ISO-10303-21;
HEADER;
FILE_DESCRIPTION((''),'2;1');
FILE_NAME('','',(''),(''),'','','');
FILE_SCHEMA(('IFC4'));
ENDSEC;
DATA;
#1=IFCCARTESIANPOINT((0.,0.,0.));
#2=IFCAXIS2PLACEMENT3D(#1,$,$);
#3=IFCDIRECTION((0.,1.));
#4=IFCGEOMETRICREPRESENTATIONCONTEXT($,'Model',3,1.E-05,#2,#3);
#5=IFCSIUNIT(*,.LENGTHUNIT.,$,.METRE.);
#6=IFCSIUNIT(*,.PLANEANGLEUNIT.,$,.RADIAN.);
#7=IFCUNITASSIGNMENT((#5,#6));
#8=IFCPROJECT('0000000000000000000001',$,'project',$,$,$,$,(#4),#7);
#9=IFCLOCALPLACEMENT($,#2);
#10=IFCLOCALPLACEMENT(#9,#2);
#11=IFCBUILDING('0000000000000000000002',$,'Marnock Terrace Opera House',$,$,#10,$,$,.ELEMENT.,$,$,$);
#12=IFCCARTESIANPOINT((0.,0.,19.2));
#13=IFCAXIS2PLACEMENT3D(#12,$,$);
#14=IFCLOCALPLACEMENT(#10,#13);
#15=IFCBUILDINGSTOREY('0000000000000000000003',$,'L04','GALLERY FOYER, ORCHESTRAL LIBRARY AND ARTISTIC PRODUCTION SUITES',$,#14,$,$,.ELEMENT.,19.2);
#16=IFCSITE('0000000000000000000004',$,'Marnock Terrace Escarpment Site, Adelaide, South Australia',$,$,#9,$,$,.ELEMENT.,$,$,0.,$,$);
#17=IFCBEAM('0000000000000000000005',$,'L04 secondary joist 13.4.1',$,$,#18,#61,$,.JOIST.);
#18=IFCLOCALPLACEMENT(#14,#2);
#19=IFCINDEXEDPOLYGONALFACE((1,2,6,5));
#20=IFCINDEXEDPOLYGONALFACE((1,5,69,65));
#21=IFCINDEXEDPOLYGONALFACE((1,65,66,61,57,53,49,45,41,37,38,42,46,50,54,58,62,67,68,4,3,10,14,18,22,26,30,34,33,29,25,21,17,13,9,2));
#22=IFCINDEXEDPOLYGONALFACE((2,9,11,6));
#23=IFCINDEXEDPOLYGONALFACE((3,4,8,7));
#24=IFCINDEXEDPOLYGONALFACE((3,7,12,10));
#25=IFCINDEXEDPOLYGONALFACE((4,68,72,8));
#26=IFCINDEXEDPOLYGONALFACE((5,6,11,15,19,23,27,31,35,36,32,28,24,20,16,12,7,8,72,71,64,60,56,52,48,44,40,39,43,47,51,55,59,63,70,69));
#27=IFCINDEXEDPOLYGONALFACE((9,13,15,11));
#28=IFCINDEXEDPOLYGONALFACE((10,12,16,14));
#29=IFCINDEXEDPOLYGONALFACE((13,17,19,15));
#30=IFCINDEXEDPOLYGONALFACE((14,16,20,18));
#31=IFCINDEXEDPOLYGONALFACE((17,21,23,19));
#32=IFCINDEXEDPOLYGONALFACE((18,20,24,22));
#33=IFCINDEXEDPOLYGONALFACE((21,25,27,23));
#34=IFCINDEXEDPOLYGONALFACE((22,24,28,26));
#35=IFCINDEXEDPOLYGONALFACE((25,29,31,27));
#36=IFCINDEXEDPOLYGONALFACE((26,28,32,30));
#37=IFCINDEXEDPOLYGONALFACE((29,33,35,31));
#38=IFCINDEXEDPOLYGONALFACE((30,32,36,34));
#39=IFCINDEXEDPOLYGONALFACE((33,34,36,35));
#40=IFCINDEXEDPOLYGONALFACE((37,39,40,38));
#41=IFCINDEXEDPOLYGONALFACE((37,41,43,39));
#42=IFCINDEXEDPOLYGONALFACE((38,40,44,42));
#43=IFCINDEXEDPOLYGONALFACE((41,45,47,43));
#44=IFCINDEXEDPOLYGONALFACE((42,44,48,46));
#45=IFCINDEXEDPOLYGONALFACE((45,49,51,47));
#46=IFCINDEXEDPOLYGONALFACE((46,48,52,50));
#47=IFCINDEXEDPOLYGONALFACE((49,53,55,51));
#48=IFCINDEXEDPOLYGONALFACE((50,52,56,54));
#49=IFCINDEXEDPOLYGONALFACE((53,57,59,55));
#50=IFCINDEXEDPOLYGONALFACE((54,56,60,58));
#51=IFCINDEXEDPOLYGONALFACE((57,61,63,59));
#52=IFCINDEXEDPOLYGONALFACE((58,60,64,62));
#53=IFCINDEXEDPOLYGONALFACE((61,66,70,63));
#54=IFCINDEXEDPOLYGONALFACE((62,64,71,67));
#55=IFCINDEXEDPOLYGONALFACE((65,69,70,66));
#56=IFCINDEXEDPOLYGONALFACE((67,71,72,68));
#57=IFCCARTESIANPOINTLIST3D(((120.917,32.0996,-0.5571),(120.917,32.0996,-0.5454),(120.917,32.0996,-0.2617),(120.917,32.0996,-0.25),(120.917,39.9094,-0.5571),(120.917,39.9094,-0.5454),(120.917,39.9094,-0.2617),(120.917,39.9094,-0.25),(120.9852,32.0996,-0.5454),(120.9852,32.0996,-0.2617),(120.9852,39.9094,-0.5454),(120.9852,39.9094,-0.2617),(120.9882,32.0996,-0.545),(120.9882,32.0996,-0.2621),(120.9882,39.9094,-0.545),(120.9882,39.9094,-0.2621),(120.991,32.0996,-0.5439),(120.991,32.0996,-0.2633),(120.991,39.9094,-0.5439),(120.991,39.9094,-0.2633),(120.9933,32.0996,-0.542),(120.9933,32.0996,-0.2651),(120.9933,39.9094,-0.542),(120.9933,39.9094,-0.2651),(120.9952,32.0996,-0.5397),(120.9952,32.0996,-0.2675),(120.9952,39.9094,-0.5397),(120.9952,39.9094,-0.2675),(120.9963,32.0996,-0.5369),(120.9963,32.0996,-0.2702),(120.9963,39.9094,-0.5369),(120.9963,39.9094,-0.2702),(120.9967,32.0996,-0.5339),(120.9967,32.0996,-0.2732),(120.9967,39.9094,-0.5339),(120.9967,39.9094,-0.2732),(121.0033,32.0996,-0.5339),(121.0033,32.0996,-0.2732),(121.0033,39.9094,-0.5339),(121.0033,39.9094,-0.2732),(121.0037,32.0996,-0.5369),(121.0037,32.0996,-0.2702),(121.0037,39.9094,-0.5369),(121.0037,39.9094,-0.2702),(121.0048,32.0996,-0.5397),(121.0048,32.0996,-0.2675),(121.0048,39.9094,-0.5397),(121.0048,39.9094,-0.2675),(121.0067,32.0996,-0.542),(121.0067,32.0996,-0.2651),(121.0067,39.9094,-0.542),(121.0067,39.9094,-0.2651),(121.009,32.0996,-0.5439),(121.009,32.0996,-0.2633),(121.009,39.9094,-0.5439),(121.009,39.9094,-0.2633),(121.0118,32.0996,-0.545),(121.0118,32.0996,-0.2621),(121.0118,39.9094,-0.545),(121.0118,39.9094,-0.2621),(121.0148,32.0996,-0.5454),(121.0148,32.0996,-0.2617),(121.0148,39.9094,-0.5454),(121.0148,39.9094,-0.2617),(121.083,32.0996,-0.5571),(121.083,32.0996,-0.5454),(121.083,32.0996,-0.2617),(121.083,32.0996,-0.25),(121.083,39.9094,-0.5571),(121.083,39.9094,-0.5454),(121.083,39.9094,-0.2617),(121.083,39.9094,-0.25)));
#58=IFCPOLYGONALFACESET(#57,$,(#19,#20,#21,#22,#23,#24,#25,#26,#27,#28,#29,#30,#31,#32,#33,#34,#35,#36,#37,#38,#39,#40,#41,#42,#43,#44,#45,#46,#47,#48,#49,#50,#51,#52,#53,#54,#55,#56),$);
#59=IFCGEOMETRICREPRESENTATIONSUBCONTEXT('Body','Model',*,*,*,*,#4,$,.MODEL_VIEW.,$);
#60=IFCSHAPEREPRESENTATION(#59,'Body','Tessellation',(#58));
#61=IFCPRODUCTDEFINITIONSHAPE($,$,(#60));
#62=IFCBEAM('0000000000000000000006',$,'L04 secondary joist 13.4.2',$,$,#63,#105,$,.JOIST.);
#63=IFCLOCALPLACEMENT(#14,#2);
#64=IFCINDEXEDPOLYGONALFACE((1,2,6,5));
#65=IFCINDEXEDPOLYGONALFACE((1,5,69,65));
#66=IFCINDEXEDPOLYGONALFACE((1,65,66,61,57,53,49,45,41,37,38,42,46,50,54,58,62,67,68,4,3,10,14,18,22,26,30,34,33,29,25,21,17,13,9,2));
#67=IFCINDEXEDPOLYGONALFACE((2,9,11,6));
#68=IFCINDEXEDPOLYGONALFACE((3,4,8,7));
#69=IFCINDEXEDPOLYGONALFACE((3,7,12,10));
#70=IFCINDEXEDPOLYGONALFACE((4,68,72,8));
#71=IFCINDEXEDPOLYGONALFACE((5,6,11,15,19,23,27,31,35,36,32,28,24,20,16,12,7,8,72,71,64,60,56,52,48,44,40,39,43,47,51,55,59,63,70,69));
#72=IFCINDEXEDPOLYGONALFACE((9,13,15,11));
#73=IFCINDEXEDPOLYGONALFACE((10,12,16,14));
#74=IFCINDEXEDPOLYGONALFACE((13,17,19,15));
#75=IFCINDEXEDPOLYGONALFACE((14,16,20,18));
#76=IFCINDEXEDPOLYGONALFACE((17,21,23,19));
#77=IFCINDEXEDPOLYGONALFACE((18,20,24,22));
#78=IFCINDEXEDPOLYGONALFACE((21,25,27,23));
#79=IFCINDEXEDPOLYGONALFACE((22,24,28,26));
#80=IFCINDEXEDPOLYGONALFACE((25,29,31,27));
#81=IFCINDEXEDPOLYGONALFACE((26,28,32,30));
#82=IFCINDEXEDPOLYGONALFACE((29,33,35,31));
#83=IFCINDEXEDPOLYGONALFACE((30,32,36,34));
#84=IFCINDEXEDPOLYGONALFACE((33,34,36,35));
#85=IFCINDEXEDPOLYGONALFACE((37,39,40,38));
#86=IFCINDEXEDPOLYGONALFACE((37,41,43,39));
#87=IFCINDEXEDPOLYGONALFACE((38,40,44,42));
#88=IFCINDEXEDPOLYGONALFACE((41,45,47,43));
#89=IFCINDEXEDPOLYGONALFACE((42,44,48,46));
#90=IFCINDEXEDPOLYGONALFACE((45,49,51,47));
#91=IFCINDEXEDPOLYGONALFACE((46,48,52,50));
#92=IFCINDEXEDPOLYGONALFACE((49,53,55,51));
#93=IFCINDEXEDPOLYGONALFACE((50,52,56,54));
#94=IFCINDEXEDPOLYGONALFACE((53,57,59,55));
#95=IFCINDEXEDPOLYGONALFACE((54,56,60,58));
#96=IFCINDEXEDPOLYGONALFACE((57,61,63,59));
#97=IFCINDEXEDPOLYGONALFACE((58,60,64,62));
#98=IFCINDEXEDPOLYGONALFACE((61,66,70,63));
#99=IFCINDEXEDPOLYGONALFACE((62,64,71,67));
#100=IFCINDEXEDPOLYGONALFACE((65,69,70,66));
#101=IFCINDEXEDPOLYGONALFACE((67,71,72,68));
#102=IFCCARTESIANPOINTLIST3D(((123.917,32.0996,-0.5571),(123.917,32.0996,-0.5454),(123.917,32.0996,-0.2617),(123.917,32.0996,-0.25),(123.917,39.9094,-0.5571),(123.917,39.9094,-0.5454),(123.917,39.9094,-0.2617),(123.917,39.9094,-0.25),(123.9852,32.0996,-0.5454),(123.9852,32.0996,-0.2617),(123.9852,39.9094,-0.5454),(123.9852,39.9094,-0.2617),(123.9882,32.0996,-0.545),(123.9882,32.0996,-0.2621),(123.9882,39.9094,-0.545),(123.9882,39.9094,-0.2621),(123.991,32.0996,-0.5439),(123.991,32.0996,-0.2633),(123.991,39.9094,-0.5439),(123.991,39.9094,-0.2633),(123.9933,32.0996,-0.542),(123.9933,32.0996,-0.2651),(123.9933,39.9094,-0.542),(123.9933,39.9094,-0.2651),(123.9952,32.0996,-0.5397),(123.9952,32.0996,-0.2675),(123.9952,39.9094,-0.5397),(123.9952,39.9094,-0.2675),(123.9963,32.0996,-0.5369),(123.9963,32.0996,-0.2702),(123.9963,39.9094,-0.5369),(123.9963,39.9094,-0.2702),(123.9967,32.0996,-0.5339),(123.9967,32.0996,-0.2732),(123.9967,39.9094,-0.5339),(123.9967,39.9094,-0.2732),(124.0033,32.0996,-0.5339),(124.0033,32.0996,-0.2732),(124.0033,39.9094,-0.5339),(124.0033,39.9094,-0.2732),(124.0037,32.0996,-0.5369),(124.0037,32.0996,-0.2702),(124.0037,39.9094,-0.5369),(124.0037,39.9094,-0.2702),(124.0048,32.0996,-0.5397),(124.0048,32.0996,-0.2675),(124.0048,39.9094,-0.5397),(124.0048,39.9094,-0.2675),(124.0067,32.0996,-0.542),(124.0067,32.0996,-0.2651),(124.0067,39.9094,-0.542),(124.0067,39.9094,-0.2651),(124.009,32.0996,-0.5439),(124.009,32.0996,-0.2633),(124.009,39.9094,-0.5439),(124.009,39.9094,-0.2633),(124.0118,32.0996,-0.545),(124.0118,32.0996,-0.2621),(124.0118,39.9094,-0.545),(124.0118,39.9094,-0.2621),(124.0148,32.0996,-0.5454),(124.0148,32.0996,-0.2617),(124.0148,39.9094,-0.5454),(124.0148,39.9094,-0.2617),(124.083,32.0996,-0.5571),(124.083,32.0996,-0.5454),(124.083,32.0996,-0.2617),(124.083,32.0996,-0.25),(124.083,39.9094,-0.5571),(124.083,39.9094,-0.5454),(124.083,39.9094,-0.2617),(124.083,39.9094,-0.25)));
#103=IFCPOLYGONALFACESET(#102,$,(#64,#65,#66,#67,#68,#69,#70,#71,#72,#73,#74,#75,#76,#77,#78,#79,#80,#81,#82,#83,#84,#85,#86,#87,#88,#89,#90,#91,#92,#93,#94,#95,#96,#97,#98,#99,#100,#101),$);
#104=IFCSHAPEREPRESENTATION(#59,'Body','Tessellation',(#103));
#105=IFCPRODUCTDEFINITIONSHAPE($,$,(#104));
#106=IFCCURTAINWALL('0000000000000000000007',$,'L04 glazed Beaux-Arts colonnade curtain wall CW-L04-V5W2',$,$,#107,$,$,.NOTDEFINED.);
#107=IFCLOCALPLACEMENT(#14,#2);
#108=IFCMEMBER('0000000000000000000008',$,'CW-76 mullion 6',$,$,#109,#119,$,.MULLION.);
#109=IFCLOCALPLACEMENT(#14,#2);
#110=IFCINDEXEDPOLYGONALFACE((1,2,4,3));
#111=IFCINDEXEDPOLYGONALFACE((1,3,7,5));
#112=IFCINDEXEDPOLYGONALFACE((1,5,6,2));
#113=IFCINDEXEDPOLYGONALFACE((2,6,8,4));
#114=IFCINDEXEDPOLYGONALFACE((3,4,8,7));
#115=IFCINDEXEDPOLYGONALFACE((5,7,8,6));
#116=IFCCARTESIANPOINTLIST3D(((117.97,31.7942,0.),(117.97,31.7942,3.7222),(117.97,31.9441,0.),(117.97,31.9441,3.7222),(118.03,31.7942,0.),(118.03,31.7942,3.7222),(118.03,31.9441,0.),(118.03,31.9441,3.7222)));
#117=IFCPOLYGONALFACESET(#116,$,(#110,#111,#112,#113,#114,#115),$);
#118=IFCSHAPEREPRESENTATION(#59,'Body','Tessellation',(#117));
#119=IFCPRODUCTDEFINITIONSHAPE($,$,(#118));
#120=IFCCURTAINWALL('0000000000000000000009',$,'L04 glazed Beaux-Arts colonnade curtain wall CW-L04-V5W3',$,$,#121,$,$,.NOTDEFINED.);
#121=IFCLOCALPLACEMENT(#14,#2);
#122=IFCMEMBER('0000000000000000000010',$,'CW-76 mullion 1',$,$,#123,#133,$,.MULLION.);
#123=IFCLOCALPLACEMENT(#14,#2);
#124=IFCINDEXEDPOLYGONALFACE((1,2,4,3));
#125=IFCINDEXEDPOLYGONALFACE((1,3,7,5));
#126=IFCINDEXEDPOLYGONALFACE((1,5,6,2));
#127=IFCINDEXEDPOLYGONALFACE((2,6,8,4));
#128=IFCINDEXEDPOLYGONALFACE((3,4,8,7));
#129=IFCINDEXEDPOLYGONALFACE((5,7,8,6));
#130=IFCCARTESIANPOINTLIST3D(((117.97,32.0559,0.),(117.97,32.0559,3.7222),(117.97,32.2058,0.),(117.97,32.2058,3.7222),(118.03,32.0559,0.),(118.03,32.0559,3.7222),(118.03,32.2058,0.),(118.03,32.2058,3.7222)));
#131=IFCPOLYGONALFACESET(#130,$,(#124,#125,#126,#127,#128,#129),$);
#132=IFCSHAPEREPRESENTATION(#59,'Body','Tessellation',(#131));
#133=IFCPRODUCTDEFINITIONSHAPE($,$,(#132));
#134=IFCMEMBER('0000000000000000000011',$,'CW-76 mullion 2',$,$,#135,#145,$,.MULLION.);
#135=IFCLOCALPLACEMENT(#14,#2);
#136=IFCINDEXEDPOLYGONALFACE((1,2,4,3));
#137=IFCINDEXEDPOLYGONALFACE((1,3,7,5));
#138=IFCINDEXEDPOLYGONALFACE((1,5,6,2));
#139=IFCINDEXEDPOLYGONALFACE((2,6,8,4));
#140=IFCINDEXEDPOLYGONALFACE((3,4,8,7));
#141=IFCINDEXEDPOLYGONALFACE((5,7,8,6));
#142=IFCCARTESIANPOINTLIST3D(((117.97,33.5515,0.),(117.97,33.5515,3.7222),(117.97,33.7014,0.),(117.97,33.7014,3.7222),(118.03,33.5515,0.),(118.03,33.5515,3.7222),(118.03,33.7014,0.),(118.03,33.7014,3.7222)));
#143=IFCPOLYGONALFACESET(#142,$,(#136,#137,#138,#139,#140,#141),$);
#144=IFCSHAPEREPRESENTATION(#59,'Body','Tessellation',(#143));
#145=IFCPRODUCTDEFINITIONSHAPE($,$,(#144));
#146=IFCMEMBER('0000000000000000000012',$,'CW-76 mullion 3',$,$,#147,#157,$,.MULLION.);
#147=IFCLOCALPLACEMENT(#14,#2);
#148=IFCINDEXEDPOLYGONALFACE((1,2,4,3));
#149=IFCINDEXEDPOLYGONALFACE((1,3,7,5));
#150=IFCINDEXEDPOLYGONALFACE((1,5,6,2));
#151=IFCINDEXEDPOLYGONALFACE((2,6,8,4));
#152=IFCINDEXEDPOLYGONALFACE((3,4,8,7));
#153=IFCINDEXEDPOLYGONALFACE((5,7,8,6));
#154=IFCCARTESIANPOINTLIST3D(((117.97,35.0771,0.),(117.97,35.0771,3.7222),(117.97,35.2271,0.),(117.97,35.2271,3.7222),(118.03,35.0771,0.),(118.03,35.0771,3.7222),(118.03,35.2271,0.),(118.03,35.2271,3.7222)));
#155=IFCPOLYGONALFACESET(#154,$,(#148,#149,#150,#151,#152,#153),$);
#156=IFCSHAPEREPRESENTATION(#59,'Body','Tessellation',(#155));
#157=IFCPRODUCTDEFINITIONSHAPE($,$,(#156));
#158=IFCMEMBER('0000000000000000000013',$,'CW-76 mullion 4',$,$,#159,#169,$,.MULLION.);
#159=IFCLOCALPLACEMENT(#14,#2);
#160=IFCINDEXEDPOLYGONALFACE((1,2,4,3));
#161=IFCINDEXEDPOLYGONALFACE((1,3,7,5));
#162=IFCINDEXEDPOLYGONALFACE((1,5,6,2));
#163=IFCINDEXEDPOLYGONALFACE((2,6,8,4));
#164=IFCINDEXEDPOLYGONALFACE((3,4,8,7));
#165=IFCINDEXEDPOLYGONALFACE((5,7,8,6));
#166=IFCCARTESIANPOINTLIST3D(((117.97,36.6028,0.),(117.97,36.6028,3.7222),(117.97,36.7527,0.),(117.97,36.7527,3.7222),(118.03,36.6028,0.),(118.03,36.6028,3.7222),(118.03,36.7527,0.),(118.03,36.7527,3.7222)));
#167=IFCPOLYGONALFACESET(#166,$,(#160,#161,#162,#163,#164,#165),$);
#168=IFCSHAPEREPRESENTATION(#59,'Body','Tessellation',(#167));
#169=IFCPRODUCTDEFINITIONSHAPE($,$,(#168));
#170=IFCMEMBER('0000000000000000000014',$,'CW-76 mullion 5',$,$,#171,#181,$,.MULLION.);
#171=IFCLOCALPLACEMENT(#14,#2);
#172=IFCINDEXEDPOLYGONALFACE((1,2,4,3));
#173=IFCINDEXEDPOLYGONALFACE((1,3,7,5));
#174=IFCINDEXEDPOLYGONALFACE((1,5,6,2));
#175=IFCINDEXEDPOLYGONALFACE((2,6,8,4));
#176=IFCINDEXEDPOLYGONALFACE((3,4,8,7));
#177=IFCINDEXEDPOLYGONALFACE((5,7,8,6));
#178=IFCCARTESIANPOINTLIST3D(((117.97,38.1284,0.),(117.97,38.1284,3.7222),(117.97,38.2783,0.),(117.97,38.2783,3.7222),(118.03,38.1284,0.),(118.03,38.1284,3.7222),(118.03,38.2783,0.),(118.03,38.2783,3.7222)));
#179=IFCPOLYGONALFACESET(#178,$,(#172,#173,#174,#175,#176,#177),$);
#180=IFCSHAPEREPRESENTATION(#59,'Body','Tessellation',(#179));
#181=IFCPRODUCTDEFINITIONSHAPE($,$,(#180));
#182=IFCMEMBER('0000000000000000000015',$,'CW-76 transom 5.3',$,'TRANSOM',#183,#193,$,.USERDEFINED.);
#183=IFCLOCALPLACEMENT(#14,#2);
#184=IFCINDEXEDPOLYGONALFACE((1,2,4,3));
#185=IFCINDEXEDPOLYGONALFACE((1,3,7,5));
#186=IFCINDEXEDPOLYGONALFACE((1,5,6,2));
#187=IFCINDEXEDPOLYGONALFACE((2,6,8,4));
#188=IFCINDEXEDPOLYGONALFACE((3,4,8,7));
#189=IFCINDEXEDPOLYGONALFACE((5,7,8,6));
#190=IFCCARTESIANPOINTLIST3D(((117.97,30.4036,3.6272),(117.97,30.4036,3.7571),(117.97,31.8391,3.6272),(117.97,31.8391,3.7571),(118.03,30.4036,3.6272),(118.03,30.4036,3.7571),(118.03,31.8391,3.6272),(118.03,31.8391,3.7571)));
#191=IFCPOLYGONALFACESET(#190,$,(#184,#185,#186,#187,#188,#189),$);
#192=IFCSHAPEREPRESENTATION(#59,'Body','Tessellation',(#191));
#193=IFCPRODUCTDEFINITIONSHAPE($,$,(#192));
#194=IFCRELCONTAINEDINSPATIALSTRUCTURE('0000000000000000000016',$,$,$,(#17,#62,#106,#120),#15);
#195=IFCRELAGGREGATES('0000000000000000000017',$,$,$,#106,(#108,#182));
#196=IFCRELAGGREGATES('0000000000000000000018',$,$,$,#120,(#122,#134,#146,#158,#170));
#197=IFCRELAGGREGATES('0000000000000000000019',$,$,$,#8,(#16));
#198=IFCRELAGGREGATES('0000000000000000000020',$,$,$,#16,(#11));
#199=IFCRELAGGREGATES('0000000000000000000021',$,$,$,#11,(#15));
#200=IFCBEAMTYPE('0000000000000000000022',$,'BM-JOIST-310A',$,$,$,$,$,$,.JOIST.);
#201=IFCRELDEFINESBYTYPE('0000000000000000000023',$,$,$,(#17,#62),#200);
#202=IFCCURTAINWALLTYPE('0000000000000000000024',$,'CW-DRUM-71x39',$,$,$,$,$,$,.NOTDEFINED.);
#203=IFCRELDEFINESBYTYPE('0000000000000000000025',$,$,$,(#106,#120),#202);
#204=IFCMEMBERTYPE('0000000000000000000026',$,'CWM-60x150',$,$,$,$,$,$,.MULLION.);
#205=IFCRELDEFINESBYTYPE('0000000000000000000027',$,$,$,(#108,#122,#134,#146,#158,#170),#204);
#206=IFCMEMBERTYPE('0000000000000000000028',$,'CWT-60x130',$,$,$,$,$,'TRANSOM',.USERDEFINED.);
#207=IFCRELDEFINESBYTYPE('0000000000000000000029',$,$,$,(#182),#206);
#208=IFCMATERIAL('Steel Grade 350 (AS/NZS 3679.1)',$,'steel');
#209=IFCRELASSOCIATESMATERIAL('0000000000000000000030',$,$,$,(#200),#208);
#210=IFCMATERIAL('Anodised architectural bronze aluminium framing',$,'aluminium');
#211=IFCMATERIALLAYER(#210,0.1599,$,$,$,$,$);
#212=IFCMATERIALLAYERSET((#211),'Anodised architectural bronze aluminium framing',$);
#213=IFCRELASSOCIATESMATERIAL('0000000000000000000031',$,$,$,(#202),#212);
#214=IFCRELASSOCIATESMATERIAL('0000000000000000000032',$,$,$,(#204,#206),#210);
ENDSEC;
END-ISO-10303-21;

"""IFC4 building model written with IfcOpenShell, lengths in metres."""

from ifc_helpers import new_model, si_unit, direction, frame, origin, origin_2d, place, context, subcontext, project, spatial, rectangle, i_section, extrude, material, layer, layer_set, material_profile, profile_set, type_object, element, aggregate, save


model = new_model("IFC4")

# Units and contexts
model_context = context("Model", 3, precision=1e-05, world=origin(), true_north=direction((0.0, 1.0)))
body_context = subcontext(model_context, "Body", "Model", "MODEL_VIEW")
ifc_project = project(units=[si_unit("LENGTHUNIT", "METRE"), si_unit("PLANEANGLEUNIT", "RADIAN")], contexts=[model_context])

# Site, building, storey
site_placement = place(None, origin())
site = spatial("IfcSite", under=ifc_project, at=site_placement, Name="Marnock Terrace Escarpment Site, Adelaide, South Australia", CompositionType="ELEMENT", RefElevation=0.0)
building_placement = place(site_placement, origin())
building = spatial("IfcBuilding", under=site, at=building_placement, Name="Marnock Terrace Opera House", CompositionType="ELEMENT")
storey_placement = place(building_placement, frame((0.0, 0.0, 19.2)))
storey = spatial("IfcBuildingStorey", under=building, at=storey_placement, Name="L04", Description="GALLERY FOYER, ORCHESTRAL LIBRARY AND ARTISTIC PRODUCTION SUITES", CompositionType="ELEMENT", Elevation=19.2)

# Shared definitions
ifc_material_1 = material(Name="Steel Grade 350 (AS/NZS 3679.1)", Category="steel")

# Beams
ifc_material_profile_1 = material_profile(ifc_material_1, i_section(OverallWidth=0.166, OverallDepth=0.3071, WebThickness=0.0066, FlangeThickness=0.0117, FilletRadius=0.0115, at=origin_2d()))
ifc_profile_set_1 = profile_set([ifc_material_profile_1], Name="Steel Grade 350 (AS/NZS 3679.1)")
beam_type_1 = type_object("IfcBeamType", Name="BM-JOIST-310A", PredefinedType="JOIST", material=ifc_profile_set_1)
for number, where, z_axis, x_axis, name in (
    (1, (121.0, 32.0996, -0.4036), (0.0, 1.0, 0.0), (-1.0, 0.0, 0.0), "L04 secondary joist 13.4.1"),
    (2, (124.0, 32.0996, -0.4036), (0.0, 1.0, 0.0), (-1.0, 0.0, 0.0), "L04 secondary joist 13.4.2"),
):
    element("IfcBeam", number, at=place(storey_placement, frame(where, z_axis=z_axis, x_axis=x_axis)), inside=storey, type_object=beam_type_1, Name=name, PredefinedType="JOIST", context=body_context, shape_type="SweptSolid", body=[
        extrude(i_section(OverallWidth=0.166, OverallDepth=0.3071, WebThickness=0.0066, FlangeThickness=0.0117, FilletRadius=0.0115, at=origin_2d()), origin(), (0.0, 0.0, 1.0), 7.8098),
    ])

# Curtain wall, member
ifc_material_2 = material(Name="Anodised architectural bronze aluminium framing", Category="aluminium")
ifc_layer_1 = layer(ifc_material_2, 0.1599)
ifc_layer_set_1 = layer_set([ifc_layer_1], Name="Anodised architectural bronze aluminium framing")
curtain_wall_type = type_object("IfcCurtainWallType", Name="CW-DRUM-71x39", PredefinedType="NOTDEFINED", material=ifc_layer_set_1)
curtain_wall_1_placement = place(storey_placement, origin())
curtain_wall_1 = element("IfcCurtainWall", 3, at=curtain_wall_1_placement, inside=storey, type_object=curtain_wall_type, Name="L04 glazed Beaux-Arts colonnade curtain wall CW-L04-V5W2", PredefinedType="NOTDEFINED")
ifc_material_profile_2 = material_profile(ifc_material_2, rectangle(XDim=0.0601, YDim=0.1499, at=origin_2d()))
ifc_profile_set_2 = profile_set([ifc_material_profile_2], Name="Anodised architectural bronze aluminium framing")
member_type_1 = type_object("IfcMemberType", Name="CWM-60x150", PredefinedType="MULLION", material=ifc_profile_set_2)
member_1_placement = place(storey_placement, frame((118.0, 31.8691, 0.0), z_axis=(0.0, 0.0, 1.0), x_axis=(-1.0, 0.0, 0.0)))
member_1 = element("IfcMember", 4, at=member_1_placement, type_object=member_type_1, Name="CW-76 mullion 6", PredefinedType="MULLION", context=body_context, shape_type="SweptSolid", body=[
    extrude(rectangle(XDim=0.0601, YDim=0.1499, at=origin_2d()), origin(), (0.0, 0.0, 1.0), 3.7222),
])

# Curtain wall, members
curtain_wall_2_placement = place(storey_placement, origin())
curtain_wall_2 = element("IfcCurtainWall", 5, at=curtain_wall_2_placement, inside=storey, type_object=curtain_wall_type, Name="L04 glazed Beaux-Arts colonnade curtain wall CW-L04-V5W3", PredefinedType="NOTDEFINED")
member_2_placement = place(storey_placement, frame((118.0, 32.1309, 0.0), z_axis=(0.0, 0.0, 1.0), x_axis=(-1.0, 0.0, 0.0)))
member_2 = element("IfcMember", 6, at=member_2_placement, type_object=member_type_1, Name="CW-76 mullion 1", PredefinedType="MULLION", context=body_context, shape_type="SweptSolid", body=[
    extrude(rectangle(XDim=0.0601, YDim=0.1499, at=origin_2d()), origin(), (0.0, 0.0, 1.0), 3.7222),
])
member_3_placement = place(storey_placement, frame((118.0, 33.6265, 0.0), z_axis=(0.0, 0.0, 1.0), x_axis=(-1.0, 0.0, 0.0)))
member_3 = element("IfcMember", 7, at=member_3_placement, type_object=member_type_1, Name="CW-76 mullion 2", PredefinedType="MULLION", context=body_context, shape_type="SweptSolid", body=[
    extrude(rectangle(XDim=0.0601, YDim=0.1499, at=origin_2d()), origin(), (0.0, 0.0, 1.0), 3.7222),
])
member_4_placement = place(storey_placement, frame((118.0, 35.1521, 0.0), z_axis=(0.0, 0.0, 1.0), x_axis=(-1.0, 0.0, 0.0)))
member_4 = element("IfcMember", 8, at=member_4_placement, type_object=member_type_1, Name="CW-76 mullion 3", PredefinedType="MULLION", context=body_context, shape_type="SweptSolid", body=[
    extrude(rectangle(XDim=0.0601, YDim=0.1499, at=origin_2d()), origin(), (0.0, 0.0, 1.0), 3.7222),
])
member_5_placement = place(storey_placement, frame((118.0, 36.6777, 0.0), z_axis=(0.0, 0.0, 1.0), x_axis=(-1.0, 0.0, 0.0)))
member_5 = element("IfcMember", 9, at=member_5_placement, type_object=member_type_1, Name="CW-76 mullion 4", PredefinedType="MULLION", context=body_context, shape_type="SweptSolid", body=[
    extrude(rectangle(XDim=0.0601, YDim=0.1499, at=origin_2d()), origin(), (0.0, 0.0, 1.0), 3.7222),
])
member_6_placement = place(storey_placement, frame((118.0, 38.2034, 0.0), z_axis=(0.0, 0.0, 1.0), x_axis=(-1.0, 0.0, 0.0)))
member_6 = element("IfcMember", 10, at=member_6_placement, type_object=member_type_1, Name="CW-76 mullion 5", PredefinedType="MULLION", context=body_context, shape_type="SweptSolid", body=[
    extrude(rectangle(XDim=0.0601, YDim=0.1499, at=origin_2d()), origin(), (0.0, 0.0, 1.0), 3.7222),
])

# Member
ifc_material_profile_3 = material_profile(ifc_material_2, rectangle(XDim=0.0601, YDim=0.1299, at=origin_2d()))
ifc_profile_set_3 = profile_set([ifc_material_profile_3], Name="Anodised architectural bronze aluminium framing")
member_type_2 = type_object("IfcMemberType", Name="CWT-60x130", ElementType="TRANSOM", PredefinedType="USERDEFINED", material=ifc_profile_set_3)
member_7_placement = place(storey_placement, frame((118.0, 30.4036, 3.6921), z_axis=(0.0, 1.0, 0.0), x_axis=(-1.0, 0.0, 0.0)))
member_7 = element("IfcMember", 11, at=member_7_placement, type_object=member_type_2, Name="CW-76 transom 5.3", ObjectType="TRANSOM", PredefinedType="USERDEFINED", context=body_context, shape_type="SweptSolid", body=[
    extrude(rectangle(XDim=0.0601, YDim=0.1299, at=origin_2d()), origin(), (0.0, 0.0, 1.0), 1.4355),
])

aggregate(curtain_wall_1, [member_1, member_7])
aggregate(curtain_wall_2, [member_2, member_3, member_4, member_5, member_6])

save(model, "model.ifc")
